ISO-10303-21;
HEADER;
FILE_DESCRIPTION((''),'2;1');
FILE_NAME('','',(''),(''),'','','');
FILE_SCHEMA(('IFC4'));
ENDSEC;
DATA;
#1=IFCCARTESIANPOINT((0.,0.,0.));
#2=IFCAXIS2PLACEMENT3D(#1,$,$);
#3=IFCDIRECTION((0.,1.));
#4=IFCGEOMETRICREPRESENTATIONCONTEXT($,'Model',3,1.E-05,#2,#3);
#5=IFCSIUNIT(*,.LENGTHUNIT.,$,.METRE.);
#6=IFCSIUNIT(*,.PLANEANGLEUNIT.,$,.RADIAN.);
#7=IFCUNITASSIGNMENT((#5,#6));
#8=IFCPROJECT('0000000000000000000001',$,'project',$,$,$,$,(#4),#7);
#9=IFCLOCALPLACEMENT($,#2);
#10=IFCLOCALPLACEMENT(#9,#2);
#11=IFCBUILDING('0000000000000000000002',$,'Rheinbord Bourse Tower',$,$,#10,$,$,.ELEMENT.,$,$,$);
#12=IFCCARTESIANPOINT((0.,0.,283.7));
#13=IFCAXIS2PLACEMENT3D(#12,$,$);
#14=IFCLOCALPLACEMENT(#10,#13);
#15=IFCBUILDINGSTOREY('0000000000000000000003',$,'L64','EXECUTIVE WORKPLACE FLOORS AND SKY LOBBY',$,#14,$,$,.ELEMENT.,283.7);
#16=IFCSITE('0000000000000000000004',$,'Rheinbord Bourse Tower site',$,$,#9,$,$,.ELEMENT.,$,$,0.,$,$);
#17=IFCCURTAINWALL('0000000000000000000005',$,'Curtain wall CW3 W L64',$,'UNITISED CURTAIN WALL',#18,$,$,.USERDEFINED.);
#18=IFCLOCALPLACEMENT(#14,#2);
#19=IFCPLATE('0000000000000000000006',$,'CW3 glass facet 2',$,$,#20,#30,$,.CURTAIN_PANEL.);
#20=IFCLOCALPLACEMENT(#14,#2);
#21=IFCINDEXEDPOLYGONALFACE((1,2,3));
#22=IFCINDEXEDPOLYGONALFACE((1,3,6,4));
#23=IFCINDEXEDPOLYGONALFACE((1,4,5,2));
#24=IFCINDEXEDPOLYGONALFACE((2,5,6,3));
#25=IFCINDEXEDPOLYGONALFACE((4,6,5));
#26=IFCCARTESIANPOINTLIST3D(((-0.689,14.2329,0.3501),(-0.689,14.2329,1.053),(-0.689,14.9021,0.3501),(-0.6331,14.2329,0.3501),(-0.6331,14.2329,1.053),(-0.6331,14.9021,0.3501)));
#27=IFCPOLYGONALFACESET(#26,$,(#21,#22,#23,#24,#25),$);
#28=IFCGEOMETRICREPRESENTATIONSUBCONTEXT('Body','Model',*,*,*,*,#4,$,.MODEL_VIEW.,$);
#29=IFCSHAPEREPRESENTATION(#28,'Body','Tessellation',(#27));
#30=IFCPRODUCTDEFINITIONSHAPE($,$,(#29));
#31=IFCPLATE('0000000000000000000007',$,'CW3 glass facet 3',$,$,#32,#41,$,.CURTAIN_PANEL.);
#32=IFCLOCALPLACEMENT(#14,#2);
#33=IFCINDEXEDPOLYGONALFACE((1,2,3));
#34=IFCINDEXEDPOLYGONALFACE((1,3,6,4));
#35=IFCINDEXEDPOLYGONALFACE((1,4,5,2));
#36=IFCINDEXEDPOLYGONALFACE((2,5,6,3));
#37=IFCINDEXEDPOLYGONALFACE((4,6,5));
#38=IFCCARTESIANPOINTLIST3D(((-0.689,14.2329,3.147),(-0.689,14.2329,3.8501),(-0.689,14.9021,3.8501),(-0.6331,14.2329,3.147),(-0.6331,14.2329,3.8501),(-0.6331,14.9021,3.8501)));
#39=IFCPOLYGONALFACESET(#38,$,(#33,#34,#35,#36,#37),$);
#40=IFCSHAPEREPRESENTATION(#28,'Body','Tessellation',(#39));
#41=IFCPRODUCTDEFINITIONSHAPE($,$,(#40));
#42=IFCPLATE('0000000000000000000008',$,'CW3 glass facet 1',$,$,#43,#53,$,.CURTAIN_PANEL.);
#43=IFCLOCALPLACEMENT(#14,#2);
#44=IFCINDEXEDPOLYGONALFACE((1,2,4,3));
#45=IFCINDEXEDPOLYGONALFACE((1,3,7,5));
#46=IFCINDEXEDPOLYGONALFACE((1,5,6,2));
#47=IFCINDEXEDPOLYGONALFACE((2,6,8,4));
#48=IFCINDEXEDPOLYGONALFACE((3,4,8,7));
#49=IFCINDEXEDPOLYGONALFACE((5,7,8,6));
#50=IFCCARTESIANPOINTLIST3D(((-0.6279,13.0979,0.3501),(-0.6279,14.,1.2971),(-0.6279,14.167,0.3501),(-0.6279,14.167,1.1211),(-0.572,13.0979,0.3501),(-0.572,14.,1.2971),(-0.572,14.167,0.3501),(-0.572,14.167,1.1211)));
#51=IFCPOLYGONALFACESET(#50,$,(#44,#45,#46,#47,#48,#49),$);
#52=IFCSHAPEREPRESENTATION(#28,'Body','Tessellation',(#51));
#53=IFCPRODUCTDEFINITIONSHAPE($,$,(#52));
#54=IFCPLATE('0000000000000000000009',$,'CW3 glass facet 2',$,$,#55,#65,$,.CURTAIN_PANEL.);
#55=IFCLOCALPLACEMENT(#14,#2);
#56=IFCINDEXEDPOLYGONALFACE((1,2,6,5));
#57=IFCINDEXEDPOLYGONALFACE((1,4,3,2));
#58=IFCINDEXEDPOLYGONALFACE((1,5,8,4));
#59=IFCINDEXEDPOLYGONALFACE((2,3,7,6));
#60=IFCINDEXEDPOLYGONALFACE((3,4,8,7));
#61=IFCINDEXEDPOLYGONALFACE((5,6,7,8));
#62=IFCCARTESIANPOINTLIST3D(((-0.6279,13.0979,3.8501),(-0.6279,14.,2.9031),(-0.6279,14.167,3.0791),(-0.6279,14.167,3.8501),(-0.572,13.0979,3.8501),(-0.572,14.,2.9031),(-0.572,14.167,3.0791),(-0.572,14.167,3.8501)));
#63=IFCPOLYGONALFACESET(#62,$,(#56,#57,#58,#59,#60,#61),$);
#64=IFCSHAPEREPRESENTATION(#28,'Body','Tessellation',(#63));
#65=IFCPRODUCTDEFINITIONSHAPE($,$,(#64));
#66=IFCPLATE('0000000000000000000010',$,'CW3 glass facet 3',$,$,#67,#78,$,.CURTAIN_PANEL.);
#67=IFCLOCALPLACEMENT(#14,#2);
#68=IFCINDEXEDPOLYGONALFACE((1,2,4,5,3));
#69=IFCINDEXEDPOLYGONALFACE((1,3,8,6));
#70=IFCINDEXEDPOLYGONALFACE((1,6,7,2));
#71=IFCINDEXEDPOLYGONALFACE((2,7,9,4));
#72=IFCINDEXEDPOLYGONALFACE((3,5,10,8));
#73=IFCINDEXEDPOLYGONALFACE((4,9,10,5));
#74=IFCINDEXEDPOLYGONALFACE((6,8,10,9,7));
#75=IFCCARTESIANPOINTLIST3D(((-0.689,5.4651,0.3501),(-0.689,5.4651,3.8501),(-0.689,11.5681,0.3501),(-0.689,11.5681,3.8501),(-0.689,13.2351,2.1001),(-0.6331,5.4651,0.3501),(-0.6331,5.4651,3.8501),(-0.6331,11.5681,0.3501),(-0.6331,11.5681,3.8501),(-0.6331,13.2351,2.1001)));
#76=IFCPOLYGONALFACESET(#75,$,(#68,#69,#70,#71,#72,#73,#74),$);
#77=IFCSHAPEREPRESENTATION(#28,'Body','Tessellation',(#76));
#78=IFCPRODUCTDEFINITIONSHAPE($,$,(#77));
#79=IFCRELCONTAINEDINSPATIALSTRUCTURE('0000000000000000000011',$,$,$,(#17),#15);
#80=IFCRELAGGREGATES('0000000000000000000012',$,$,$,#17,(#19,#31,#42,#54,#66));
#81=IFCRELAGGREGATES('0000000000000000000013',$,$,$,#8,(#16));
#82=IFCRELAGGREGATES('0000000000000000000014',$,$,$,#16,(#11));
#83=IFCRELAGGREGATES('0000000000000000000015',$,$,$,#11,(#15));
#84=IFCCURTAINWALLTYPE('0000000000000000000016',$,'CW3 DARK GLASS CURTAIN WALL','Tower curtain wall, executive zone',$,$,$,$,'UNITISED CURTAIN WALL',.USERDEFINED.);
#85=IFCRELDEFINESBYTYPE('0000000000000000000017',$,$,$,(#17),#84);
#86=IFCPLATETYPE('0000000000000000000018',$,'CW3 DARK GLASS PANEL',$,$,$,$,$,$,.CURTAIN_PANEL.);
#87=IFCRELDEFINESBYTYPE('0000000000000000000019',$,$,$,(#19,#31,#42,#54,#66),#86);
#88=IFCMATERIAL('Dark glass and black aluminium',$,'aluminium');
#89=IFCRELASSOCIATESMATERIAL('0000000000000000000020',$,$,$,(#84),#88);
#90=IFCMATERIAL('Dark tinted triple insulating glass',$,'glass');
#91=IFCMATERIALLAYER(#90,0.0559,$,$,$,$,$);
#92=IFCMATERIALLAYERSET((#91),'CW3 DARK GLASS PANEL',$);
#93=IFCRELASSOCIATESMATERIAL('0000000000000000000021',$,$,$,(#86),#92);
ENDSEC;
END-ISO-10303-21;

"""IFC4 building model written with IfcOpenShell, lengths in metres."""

from ifc_helpers import new_model, si_unit, direction, frame, origin, place, context, subcontext, project, spatial, polyline, outline, extrude, material, layer, layer_set, type_object, element, aggregate, save


model = new_model("IFC4")

# Units and contexts
model_context = context("Model", 3, precision=1e-05, world=origin(), true_north=direction((0.0, 1.0)))
body_context = subcontext(model_context, "Body", "Model", "MODEL_VIEW")
ifc_project = project(units=[si_unit("LENGTHUNIT", "METRE"), si_unit("PLANEANGLEUNIT", "RADIAN")], contexts=[model_context])

# Site, building, storey
site_placement = place(None, origin())
site = spatial("IfcSite", under=ifc_project, at=site_placement, Name="Rheinbord Bourse Tower site", CompositionType="ELEMENT", RefElevation=0.0)
building_placement = place(site_placement, origin())
building = spatial("IfcBuilding", under=site, at=building_placement, Name="Rheinbord Bourse Tower", CompositionType="ELEMENT")
storey_placement = place(building_placement, frame((0.0, 0.0, 283.7)))
storey = spatial("IfcBuildingStorey", under=building, at=storey_placement, Name="L64", Description="EXECUTIVE WORKPLACE FLOORS AND SKY LOBBY", CompositionType="ELEMENT", Elevation=283.7)

# Curtain wall
ifc_material_1 = material(Name="Dark glass and black aluminium", Category="aluminium")
curtain_wall_type = type_object("IfcCurtainWallType", Name="CW3 DARK GLASS CURTAIN WALL", Description="Tower curtain wall, executive zone", ElementType="UNITISED CURTAIN WALL", PredefinedType="USERDEFINED", material=ifc_material_1)
curtain_wall_placement = place(storey_placement, origin())
curtain_wall = element("IfcCurtainWall", 1, at=curtain_wall_placement, inside=storey, type_object=curtain_wall_type, Name="Curtain wall CW3 W L64", ObjectType="UNITISED CURTAIN WALL", PredefinedType="USERDEFINED")

# Plates
ifc_material_2 = material(Name="Dark tinted triple insulating glass", Category="glass")
ifc_layer = layer(ifc_material_2, 0.0559)
ifc_layer_set = layer_set([ifc_layer], Name="CW3 DARK GLASS PANEL")
plate_type = type_object("IfcPlateType", Name="CW3 DARK GLASS PANEL", PredefinedType="CURTAIN_PANEL", material=ifc_layer_set)
plate_1_placement = place(storey_placement, frame((-0.689, 14.2329, 0.3501), z_axis=(1.0, 0.0, 0.0), x_axis=(0.0, 1.0, 0.0)))
plate_1 = element("IfcPlate", 2, at=plate_1_placement, type_object=plate_type, Name="CW3 glass facet 2", PredefinedType="CURTAIN_PANEL", context=body_context, shape_type="SweptSolid", body=[
    extrude(outline(polyline([(0.0, 0.0), (0.6692, 0.0), (0.0, 0.7029), (0.0, 0.0)])), origin(), (0.0, 0.0, 1.0), 0.0559),
])
plate_2_placement = place(storey_placement, frame((-0.689, 14.2329, 3.8501), z_axis=(1.0, 0.0, 0.0), x_axis=(0.0, 0.0, -1.0)))
plate_2 = element("IfcPlate", 3, at=plate_2_placement, type_object=plate_type, Name="CW3 glass facet 3", PredefinedType="CURTAIN_PANEL", context=body_context, shape_type="SweptSolid", body=[
    extrude(outline(polyline([(0.0, 0.0), (0.7031, 0.0), (0.0, 0.6692), (0.0, 0.0)])), origin(), (0.0, 0.0, 1.0), 0.0559),
])
plate_3_placement = place(storey_placement, frame((-0.6279, 14.167, 0.3501), z_axis=(1.0, 0.0, 0.0), x_axis=(0.0, 0.0, 1.0)))
plate_3 = element("IfcPlate", 4, at=plate_3_placement, type_object=plate_type, Name="CW3 glass facet 1", PredefinedType="CURTAIN_PANEL", context=body_context, shape_type="SweptSolid", body=[
    extrude(outline(polyline([(0.0, 0.0), (0.771, 0.0), (0.947, 0.167), (0.0, 1.0691), (0.0, 0.0)])), origin(), (0.0, 0.0, 1.0), 0.0559),
])
plate_4_placement = place(storey_placement, frame((-0.6279, 14.167, 3.8501), z_axis=(1.0, 0.0, 0.0), x_axis=(0.0, -1.0, 0.0)))
plate_4 = element("IfcPlate", 5, at=plate_4_placement, type_object=plate_type, Name="CW3 glass facet 2", PredefinedType="CURTAIN_PANEL", context=body_context, shape_type="SweptSolid", body=[
    extrude(outline(polyline([(0.0, 0.0), (1.0691, 0.0), (0.167, 0.947), (0.0, 0.771), (0.0, 0.0)])), origin(), (0.0, 0.0, 1.0), 0.0559),
])
plate_5_placement = place(storey_placement, frame((-0.689, 5.4651, 3.8501), z_axis=(1.0, 0.0, 0.0), x_axis=(0.0, 0.0, -1.0)))
plate_5 = element("IfcPlate", 6, at=plate_5_placement, type_object=plate_type, Name="CW3 glass facet 3", PredefinedType="CURTAIN_PANEL", context=body_context, shape_type="SweptSolid", body=[
    extrude(outline(polyline([(0.0, 0.0), (3.5, 0.0), (3.5, 6.103), (1.75, 7.77), (0.0, 6.103), (0.0, 0.0)])), origin(), (0.0, 0.0, 1.0), 0.0559),
])
aggregate(curtain_wall, [plate_1, plate_2, plate_3, plate_4, plate_5])

save(model, "model.ifc")
